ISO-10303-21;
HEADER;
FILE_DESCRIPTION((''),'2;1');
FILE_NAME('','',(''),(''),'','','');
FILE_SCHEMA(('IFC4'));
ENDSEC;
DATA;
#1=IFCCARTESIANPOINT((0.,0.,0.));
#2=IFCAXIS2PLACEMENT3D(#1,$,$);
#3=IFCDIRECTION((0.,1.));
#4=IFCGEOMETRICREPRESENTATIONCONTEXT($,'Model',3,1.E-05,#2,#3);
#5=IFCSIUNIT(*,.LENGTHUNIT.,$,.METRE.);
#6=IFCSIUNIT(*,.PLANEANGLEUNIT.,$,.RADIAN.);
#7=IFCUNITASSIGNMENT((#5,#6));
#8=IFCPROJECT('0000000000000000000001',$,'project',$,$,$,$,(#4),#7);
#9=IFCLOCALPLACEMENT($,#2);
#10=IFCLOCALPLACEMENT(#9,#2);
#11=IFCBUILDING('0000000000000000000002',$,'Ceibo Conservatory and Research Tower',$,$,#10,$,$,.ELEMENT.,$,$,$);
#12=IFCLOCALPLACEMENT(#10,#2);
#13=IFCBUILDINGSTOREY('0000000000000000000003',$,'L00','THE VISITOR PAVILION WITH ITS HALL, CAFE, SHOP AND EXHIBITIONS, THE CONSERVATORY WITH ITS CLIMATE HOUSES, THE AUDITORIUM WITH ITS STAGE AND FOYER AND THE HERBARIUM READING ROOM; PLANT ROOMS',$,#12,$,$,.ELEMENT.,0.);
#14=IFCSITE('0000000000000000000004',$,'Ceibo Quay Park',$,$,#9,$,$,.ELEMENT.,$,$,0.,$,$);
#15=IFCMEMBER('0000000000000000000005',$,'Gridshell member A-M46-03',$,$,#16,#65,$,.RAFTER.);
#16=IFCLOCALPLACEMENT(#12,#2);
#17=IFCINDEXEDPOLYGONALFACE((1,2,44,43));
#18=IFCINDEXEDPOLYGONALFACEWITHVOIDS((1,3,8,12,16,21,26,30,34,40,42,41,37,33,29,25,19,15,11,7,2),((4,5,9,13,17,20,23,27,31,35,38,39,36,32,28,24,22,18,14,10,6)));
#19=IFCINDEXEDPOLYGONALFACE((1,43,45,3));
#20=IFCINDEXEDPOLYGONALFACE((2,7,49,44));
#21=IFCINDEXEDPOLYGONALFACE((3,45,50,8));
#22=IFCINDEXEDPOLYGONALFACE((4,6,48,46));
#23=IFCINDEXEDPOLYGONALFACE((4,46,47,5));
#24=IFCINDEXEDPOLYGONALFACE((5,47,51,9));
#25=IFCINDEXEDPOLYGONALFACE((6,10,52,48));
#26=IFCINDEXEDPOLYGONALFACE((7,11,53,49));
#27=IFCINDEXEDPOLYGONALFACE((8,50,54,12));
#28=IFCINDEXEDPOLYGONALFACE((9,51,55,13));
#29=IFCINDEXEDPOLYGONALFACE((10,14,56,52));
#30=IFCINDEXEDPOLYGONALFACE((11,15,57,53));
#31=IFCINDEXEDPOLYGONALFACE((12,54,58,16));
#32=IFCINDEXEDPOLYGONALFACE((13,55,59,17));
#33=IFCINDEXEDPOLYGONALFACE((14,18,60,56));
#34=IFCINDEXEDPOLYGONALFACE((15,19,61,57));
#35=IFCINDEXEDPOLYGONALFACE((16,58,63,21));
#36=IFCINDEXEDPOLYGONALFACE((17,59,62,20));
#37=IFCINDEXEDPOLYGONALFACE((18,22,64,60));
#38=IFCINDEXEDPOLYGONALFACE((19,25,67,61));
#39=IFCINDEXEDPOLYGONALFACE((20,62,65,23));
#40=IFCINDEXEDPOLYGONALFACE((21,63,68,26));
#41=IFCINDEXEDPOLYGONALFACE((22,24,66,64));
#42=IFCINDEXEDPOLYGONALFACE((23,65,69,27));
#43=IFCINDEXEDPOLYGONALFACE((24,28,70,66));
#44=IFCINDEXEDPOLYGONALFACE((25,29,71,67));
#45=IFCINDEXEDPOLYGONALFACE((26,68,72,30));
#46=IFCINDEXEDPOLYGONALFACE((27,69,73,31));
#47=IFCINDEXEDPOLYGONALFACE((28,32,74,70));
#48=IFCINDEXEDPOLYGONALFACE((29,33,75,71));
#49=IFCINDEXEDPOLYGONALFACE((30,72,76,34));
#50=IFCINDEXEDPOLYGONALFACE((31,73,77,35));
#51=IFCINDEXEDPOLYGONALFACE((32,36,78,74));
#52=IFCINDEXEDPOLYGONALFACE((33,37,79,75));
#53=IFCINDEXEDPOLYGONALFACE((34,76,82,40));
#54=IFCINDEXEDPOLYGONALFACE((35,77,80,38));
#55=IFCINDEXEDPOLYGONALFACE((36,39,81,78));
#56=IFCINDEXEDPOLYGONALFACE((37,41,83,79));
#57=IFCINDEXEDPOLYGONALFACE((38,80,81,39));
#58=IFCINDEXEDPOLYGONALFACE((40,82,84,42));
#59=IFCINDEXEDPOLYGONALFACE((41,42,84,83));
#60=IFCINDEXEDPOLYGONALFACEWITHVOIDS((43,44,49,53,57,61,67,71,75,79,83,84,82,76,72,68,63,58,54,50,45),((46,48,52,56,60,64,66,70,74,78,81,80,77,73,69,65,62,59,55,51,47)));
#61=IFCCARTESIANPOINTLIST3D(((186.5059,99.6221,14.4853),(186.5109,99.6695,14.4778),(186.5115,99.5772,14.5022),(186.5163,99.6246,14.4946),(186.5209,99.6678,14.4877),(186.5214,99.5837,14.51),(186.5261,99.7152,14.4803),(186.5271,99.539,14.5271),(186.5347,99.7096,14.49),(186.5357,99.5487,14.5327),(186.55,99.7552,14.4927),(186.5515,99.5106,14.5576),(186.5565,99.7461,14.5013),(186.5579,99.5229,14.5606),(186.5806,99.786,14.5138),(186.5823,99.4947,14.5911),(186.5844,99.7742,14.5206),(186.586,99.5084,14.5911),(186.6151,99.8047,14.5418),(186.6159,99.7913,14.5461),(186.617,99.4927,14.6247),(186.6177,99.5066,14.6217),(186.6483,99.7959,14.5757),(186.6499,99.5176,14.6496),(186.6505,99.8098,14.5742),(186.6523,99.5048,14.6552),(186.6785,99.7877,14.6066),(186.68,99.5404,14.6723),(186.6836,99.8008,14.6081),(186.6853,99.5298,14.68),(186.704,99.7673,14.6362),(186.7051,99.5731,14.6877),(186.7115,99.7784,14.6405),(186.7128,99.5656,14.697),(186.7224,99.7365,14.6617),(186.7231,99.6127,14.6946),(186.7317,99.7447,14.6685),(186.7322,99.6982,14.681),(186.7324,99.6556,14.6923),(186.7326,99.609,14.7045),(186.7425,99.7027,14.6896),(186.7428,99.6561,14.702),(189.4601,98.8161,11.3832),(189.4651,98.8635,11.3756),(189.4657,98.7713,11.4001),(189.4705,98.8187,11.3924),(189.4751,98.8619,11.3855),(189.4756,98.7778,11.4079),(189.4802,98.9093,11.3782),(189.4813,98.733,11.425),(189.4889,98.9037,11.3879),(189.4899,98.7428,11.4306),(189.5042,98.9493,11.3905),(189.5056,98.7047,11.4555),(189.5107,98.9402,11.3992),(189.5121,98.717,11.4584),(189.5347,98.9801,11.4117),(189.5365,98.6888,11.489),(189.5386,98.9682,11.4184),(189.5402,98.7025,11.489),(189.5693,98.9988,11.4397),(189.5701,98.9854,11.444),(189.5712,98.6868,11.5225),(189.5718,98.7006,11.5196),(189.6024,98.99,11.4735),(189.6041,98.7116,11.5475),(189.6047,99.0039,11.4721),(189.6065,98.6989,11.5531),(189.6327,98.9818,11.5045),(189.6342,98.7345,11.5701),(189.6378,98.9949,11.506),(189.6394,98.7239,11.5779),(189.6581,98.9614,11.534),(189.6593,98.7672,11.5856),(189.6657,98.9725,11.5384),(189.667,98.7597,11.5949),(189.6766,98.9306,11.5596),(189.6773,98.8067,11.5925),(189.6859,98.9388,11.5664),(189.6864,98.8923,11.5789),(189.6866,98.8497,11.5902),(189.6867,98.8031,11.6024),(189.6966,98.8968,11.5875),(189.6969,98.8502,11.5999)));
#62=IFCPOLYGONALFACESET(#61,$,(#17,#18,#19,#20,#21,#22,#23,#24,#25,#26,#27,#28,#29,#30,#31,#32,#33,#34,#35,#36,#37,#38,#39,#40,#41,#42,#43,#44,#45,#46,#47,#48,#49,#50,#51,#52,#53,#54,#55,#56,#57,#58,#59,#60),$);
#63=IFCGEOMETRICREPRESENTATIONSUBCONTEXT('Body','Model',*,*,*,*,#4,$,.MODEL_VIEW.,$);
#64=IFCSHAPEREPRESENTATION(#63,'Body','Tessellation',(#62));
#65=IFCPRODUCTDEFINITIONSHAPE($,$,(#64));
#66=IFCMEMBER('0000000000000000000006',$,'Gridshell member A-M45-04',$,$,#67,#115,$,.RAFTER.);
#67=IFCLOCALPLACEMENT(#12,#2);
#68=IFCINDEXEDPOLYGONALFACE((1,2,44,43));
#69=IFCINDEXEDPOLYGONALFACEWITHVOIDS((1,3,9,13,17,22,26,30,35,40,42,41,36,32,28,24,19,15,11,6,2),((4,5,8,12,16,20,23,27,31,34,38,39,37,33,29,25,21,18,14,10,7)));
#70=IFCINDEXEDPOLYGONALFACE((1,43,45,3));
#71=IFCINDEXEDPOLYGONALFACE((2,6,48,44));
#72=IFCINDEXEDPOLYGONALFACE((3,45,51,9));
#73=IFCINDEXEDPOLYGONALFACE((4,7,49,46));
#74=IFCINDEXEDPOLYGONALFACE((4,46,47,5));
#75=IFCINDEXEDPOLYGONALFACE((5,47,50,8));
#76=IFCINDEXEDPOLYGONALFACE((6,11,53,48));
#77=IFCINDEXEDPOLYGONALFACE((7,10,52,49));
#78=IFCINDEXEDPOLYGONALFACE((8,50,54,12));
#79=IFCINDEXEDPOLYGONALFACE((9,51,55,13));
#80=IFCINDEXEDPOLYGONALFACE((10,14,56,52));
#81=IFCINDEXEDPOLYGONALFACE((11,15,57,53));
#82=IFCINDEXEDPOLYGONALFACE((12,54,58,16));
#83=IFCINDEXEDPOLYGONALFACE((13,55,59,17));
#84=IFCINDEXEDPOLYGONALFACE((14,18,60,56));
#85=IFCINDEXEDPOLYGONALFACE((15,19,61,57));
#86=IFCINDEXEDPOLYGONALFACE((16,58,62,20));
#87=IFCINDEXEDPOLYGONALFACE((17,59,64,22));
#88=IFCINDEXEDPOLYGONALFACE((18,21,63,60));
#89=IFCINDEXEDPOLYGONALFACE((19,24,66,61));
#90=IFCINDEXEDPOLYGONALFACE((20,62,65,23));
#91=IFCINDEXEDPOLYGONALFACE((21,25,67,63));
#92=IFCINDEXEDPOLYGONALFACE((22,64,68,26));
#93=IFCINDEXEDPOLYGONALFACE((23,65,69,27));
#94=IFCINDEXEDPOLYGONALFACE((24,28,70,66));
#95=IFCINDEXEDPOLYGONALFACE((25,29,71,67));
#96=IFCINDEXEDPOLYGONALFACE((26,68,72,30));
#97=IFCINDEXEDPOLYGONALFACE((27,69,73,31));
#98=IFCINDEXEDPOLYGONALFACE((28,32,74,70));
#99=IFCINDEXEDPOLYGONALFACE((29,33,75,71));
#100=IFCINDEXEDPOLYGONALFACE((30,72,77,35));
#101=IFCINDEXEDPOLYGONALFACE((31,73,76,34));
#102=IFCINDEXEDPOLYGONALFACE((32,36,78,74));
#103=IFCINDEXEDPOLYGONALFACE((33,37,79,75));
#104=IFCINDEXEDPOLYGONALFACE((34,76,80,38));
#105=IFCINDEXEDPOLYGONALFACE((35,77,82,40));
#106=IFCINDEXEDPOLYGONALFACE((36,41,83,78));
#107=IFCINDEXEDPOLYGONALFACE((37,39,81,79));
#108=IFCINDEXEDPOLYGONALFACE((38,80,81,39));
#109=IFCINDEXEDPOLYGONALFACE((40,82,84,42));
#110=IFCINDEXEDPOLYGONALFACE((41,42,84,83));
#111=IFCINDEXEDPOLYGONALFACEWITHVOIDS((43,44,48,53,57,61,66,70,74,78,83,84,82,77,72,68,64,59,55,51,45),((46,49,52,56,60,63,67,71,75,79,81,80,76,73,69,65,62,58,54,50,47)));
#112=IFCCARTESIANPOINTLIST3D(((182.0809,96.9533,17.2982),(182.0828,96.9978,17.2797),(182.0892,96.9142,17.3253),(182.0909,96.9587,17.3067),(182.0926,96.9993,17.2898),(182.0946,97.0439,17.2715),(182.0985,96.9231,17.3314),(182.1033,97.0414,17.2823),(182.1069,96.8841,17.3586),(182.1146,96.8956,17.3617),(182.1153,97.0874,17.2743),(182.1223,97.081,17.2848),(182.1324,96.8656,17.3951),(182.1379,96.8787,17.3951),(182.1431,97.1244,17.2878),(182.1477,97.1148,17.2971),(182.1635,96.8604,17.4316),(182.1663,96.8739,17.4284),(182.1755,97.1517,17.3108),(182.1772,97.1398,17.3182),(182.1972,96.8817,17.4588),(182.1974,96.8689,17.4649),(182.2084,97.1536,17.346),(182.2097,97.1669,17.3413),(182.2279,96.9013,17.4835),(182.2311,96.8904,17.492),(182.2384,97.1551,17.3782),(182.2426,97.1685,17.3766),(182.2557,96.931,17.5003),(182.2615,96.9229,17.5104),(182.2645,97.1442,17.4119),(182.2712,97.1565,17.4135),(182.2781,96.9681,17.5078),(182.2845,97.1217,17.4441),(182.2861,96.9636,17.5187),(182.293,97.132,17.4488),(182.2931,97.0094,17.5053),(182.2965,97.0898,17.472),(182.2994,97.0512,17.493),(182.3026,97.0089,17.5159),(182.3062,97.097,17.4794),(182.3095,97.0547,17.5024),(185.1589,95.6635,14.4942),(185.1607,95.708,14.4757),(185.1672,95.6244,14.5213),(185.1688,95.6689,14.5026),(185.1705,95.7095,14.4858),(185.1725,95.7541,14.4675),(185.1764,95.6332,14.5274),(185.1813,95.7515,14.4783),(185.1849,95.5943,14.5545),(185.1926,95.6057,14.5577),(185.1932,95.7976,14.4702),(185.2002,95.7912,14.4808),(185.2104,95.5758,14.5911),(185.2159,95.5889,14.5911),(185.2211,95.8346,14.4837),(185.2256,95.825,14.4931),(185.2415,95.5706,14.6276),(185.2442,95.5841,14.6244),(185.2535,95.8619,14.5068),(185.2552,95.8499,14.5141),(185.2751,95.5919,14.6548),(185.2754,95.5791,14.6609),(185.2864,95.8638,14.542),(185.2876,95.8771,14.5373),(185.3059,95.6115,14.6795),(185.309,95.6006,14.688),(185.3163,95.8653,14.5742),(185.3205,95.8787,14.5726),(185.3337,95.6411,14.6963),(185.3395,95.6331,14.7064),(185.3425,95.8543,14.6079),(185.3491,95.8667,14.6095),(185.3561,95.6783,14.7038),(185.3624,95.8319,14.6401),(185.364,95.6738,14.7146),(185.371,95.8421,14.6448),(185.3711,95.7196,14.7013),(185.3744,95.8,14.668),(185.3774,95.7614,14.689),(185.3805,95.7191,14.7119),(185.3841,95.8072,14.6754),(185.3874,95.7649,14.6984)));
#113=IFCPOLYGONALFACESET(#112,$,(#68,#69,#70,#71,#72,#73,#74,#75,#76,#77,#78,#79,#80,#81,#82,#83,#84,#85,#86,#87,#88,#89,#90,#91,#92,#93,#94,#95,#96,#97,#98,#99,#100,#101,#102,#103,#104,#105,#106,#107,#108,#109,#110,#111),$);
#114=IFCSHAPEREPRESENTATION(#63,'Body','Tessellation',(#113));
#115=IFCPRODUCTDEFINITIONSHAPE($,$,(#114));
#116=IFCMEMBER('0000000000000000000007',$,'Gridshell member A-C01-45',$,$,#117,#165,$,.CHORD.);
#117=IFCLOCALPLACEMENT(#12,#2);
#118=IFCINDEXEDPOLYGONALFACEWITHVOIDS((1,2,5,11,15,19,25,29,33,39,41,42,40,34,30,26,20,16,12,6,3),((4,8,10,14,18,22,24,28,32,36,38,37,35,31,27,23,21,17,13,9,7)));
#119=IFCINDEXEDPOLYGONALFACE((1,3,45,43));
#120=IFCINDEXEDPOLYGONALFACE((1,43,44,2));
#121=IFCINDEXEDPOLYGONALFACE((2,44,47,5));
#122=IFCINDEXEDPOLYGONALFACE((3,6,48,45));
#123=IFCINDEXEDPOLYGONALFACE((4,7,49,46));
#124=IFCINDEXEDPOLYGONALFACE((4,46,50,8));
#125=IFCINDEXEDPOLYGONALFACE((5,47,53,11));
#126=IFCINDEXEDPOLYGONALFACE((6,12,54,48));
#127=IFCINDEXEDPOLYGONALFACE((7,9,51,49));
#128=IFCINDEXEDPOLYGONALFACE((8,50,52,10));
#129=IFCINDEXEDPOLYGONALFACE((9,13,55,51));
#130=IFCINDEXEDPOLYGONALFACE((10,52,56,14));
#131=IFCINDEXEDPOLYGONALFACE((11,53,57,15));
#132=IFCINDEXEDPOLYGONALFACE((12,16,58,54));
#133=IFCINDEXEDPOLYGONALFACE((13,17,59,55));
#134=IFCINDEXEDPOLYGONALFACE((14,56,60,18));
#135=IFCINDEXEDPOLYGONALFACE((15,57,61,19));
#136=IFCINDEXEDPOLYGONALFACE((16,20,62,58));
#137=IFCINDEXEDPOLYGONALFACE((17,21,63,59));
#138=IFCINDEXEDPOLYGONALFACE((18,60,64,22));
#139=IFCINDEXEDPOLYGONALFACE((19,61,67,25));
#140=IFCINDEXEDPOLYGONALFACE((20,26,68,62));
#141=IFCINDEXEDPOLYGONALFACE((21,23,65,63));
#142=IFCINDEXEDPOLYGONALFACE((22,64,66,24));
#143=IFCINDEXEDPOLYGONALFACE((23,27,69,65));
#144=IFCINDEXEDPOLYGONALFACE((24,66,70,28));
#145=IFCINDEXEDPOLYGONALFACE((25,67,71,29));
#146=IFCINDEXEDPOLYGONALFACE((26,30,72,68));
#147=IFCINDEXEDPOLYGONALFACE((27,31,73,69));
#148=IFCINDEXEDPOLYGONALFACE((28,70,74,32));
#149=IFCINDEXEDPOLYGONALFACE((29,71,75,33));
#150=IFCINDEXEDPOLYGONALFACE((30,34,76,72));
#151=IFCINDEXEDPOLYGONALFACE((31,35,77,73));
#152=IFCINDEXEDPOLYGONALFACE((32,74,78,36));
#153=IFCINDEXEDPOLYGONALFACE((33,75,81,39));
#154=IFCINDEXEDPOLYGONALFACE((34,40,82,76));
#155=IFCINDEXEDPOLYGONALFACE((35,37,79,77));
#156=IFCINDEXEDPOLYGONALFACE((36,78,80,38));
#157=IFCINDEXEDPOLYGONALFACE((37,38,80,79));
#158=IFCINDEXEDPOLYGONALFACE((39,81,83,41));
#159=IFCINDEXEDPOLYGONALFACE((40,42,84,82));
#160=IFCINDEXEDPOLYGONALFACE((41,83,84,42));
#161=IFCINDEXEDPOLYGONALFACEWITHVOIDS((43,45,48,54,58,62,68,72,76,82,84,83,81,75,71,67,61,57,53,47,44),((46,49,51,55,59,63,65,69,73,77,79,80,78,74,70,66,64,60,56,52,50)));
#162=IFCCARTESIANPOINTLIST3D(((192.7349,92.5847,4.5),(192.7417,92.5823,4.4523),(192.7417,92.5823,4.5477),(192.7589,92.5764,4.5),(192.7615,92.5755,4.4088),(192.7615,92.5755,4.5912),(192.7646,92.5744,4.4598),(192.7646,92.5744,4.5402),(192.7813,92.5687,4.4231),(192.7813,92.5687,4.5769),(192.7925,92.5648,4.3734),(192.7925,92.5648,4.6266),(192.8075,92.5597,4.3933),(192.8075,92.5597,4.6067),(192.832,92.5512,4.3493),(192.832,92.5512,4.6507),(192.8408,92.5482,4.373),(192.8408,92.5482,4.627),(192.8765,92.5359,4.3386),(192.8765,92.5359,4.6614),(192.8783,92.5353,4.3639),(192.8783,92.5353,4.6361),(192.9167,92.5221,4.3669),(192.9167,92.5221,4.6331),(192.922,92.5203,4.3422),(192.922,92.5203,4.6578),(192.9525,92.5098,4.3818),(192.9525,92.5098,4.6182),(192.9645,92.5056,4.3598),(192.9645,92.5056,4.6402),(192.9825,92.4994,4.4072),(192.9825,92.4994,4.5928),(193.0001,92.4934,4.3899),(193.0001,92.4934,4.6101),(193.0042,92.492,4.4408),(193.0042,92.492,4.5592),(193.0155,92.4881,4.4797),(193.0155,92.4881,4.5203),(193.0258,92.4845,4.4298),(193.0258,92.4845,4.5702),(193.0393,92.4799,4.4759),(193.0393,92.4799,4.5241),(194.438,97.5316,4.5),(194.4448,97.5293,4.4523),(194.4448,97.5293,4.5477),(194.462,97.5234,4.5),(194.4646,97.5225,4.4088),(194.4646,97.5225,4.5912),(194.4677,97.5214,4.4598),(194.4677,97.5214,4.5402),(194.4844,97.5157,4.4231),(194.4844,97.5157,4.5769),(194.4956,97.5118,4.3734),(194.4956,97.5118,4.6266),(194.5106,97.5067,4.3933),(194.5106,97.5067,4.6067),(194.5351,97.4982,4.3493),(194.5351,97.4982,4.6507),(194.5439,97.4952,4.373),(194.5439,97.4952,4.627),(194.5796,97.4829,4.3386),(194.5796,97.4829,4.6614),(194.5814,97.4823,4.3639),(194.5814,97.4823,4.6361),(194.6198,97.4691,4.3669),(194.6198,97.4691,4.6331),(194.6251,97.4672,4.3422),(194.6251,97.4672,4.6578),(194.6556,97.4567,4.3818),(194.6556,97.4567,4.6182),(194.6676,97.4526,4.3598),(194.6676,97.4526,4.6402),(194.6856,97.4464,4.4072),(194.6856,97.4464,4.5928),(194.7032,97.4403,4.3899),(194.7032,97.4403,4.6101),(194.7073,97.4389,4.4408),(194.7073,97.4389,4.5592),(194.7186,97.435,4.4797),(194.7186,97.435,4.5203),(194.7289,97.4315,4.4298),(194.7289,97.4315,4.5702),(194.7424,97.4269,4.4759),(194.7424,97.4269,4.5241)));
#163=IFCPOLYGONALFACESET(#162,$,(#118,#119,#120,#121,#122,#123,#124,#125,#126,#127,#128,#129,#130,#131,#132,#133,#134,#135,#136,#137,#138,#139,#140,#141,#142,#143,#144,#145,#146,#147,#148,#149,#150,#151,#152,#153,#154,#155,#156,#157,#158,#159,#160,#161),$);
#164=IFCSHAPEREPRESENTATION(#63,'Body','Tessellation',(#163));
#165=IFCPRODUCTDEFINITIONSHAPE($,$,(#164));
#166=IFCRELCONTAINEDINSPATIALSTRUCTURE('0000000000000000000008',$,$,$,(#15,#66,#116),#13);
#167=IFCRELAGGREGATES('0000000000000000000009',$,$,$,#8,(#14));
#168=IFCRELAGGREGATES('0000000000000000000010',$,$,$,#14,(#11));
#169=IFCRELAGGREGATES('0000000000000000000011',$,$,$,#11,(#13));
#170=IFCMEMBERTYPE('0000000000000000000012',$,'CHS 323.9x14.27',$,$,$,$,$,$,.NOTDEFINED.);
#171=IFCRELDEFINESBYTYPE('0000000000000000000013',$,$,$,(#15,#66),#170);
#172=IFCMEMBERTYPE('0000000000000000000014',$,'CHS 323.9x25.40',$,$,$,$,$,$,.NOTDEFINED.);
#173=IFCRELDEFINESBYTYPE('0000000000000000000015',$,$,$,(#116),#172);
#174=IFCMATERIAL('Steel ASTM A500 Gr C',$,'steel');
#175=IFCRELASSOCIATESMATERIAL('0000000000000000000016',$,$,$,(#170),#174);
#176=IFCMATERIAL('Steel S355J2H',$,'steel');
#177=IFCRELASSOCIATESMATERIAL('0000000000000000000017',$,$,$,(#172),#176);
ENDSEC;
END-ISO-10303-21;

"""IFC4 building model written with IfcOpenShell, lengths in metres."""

from ifc_helpers import new_model, si_unit, direction, frame, origin, origin_2d, place, context, subcontext, project, spatial, hollow_circle, extrude, material, material_profile, profile_set, type_object, element, save


model = new_model("IFC4")

# Units and contexts
model_context = context("Model", 3, precision=1e-05, world=origin(), true_north=direction((0.0, 1.0)))
body_context = subcontext(model_context, "Body", "Model", "MODEL_VIEW")
ifc_project = project(units=[si_unit("LENGTHUNIT", "METRE"), si_unit("PLANEANGLEUNIT", "RADIAN")], contexts=[model_context])

# Site, building, storey
site_placement = place(None, origin())
site = spatial("IfcSite", under=ifc_project, at=site_placement, Name="Ceibo Quay Park", CompositionType="ELEMENT", RefElevation=0.0)
building_placement = place(site_placement, origin())
building = spatial("IfcBuilding", under=site, at=building_placement, Name="Ceibo Conservatory and Research Tower", CompositionType="ELEMENT")
storey_placement = place(building_placement, origin())
storey = spatial("IfcBuildingStorey", under=building, at=storey_placement, Name="L00", Description="THE VISITOR PAVILION WITH ITS HALL, CAFE, SHOP AND EXHIBITIONS, THE CONSERVATORY WITH ITS CLIMATE HOUSES, THE AUDITORIUM WITH ITS STAGE AND FOYER AND THE HERBARIUM READING ROOM; PLANT ROOMS", CompositionType="ELEMENT", Elevation=0.0)

# Members
ifc_material_1 = material(Name="Steel ASTM A500 Gr C", Category="steel")
ifc_material_profile_1 = material_profile(ifc_material_1, hollow_circle(Radius=0.1619, WallThickness=0.0142, at=origin_2d()), Name="CHS 323.9x14.27")
ifc_profile_set_1 = profile_set([ifc_material_profile_1], Name="Steel ASTM A500 Gr C")
member_type_1 = type_object("IfcMemberType", Name="CHS 323.9x14.27", PredefinedType="NOTDEFINED", material=ifc_profile_set_1)
for number, where, z_axis, x_axis, name in (
    (1, (189.5791, 98.845, 11.489), (-0.677737, 0.184893, 0.711679), (-0.263192, -0.964744, 0.0), "Gridshell member A-M46-03"),
    (2, (185.2729, 95.7251, 14.5911), (-0.706131, 0.295906, 0.643287), (-0.38649, -0.922294, 0.0), "Gridshell member A-M45-04"),
):
    element("IfcMember", number, at=place(storey_placement, frame(where, z_axis=z_axis, x_axis=x_axis)), inside=storey, type_object=member_type_1, Name=name, PredefinedType="RAFTER", context=body_context, shape_type="SweptSolid", body=[
        extrude(hollow_circle(Radius=0.1619, WallThickness=0.0142, at=origin_2d()), origin(), (0.0, 0.0, 1.0), 4.3589),
    ])
ifc_material_2 = material(Name="Steel S355J2H", Category="steel")
ifc_material_profile_2 = material_profile(ifc_material_2, hollow_circle(Radius=0.1619, WallThickness=0.0254, at=origin_2d()), Name="CHS 323.9x25.40")
ifc_profile_set_2 = profile_set([ifc_material_profile_2], Name="Steel S355J2H")
member_type_2 = type_object("IfcMemberType", Name="CHS 323.9x25.40", PredefinedType="NOTDEFINED", material=ifc_profile_set_2)
member_1_placement = place(storey_placement, frame((192.8879, 92.532, 4.5), z_axis=(0.325522, 0.945535, 0.0), x_axis=(-0.945535, 0.325522, 0.0)))
element("IfcMember", 3, at=member_1_placement, inside=storey, type_object=member_type_2, Name="Gridshell member A-C01-45", PredefinedType="CHORD", context=body_context, shape_type="SweptSolid", body=[
    extrude(hollow_circle(Radius=0.1619, WallThickness=0.0254, at=origin_2d()), origin(), (0.0, 0.0, 1.0), 5.2319),
])

save(model, "model.ifc")
